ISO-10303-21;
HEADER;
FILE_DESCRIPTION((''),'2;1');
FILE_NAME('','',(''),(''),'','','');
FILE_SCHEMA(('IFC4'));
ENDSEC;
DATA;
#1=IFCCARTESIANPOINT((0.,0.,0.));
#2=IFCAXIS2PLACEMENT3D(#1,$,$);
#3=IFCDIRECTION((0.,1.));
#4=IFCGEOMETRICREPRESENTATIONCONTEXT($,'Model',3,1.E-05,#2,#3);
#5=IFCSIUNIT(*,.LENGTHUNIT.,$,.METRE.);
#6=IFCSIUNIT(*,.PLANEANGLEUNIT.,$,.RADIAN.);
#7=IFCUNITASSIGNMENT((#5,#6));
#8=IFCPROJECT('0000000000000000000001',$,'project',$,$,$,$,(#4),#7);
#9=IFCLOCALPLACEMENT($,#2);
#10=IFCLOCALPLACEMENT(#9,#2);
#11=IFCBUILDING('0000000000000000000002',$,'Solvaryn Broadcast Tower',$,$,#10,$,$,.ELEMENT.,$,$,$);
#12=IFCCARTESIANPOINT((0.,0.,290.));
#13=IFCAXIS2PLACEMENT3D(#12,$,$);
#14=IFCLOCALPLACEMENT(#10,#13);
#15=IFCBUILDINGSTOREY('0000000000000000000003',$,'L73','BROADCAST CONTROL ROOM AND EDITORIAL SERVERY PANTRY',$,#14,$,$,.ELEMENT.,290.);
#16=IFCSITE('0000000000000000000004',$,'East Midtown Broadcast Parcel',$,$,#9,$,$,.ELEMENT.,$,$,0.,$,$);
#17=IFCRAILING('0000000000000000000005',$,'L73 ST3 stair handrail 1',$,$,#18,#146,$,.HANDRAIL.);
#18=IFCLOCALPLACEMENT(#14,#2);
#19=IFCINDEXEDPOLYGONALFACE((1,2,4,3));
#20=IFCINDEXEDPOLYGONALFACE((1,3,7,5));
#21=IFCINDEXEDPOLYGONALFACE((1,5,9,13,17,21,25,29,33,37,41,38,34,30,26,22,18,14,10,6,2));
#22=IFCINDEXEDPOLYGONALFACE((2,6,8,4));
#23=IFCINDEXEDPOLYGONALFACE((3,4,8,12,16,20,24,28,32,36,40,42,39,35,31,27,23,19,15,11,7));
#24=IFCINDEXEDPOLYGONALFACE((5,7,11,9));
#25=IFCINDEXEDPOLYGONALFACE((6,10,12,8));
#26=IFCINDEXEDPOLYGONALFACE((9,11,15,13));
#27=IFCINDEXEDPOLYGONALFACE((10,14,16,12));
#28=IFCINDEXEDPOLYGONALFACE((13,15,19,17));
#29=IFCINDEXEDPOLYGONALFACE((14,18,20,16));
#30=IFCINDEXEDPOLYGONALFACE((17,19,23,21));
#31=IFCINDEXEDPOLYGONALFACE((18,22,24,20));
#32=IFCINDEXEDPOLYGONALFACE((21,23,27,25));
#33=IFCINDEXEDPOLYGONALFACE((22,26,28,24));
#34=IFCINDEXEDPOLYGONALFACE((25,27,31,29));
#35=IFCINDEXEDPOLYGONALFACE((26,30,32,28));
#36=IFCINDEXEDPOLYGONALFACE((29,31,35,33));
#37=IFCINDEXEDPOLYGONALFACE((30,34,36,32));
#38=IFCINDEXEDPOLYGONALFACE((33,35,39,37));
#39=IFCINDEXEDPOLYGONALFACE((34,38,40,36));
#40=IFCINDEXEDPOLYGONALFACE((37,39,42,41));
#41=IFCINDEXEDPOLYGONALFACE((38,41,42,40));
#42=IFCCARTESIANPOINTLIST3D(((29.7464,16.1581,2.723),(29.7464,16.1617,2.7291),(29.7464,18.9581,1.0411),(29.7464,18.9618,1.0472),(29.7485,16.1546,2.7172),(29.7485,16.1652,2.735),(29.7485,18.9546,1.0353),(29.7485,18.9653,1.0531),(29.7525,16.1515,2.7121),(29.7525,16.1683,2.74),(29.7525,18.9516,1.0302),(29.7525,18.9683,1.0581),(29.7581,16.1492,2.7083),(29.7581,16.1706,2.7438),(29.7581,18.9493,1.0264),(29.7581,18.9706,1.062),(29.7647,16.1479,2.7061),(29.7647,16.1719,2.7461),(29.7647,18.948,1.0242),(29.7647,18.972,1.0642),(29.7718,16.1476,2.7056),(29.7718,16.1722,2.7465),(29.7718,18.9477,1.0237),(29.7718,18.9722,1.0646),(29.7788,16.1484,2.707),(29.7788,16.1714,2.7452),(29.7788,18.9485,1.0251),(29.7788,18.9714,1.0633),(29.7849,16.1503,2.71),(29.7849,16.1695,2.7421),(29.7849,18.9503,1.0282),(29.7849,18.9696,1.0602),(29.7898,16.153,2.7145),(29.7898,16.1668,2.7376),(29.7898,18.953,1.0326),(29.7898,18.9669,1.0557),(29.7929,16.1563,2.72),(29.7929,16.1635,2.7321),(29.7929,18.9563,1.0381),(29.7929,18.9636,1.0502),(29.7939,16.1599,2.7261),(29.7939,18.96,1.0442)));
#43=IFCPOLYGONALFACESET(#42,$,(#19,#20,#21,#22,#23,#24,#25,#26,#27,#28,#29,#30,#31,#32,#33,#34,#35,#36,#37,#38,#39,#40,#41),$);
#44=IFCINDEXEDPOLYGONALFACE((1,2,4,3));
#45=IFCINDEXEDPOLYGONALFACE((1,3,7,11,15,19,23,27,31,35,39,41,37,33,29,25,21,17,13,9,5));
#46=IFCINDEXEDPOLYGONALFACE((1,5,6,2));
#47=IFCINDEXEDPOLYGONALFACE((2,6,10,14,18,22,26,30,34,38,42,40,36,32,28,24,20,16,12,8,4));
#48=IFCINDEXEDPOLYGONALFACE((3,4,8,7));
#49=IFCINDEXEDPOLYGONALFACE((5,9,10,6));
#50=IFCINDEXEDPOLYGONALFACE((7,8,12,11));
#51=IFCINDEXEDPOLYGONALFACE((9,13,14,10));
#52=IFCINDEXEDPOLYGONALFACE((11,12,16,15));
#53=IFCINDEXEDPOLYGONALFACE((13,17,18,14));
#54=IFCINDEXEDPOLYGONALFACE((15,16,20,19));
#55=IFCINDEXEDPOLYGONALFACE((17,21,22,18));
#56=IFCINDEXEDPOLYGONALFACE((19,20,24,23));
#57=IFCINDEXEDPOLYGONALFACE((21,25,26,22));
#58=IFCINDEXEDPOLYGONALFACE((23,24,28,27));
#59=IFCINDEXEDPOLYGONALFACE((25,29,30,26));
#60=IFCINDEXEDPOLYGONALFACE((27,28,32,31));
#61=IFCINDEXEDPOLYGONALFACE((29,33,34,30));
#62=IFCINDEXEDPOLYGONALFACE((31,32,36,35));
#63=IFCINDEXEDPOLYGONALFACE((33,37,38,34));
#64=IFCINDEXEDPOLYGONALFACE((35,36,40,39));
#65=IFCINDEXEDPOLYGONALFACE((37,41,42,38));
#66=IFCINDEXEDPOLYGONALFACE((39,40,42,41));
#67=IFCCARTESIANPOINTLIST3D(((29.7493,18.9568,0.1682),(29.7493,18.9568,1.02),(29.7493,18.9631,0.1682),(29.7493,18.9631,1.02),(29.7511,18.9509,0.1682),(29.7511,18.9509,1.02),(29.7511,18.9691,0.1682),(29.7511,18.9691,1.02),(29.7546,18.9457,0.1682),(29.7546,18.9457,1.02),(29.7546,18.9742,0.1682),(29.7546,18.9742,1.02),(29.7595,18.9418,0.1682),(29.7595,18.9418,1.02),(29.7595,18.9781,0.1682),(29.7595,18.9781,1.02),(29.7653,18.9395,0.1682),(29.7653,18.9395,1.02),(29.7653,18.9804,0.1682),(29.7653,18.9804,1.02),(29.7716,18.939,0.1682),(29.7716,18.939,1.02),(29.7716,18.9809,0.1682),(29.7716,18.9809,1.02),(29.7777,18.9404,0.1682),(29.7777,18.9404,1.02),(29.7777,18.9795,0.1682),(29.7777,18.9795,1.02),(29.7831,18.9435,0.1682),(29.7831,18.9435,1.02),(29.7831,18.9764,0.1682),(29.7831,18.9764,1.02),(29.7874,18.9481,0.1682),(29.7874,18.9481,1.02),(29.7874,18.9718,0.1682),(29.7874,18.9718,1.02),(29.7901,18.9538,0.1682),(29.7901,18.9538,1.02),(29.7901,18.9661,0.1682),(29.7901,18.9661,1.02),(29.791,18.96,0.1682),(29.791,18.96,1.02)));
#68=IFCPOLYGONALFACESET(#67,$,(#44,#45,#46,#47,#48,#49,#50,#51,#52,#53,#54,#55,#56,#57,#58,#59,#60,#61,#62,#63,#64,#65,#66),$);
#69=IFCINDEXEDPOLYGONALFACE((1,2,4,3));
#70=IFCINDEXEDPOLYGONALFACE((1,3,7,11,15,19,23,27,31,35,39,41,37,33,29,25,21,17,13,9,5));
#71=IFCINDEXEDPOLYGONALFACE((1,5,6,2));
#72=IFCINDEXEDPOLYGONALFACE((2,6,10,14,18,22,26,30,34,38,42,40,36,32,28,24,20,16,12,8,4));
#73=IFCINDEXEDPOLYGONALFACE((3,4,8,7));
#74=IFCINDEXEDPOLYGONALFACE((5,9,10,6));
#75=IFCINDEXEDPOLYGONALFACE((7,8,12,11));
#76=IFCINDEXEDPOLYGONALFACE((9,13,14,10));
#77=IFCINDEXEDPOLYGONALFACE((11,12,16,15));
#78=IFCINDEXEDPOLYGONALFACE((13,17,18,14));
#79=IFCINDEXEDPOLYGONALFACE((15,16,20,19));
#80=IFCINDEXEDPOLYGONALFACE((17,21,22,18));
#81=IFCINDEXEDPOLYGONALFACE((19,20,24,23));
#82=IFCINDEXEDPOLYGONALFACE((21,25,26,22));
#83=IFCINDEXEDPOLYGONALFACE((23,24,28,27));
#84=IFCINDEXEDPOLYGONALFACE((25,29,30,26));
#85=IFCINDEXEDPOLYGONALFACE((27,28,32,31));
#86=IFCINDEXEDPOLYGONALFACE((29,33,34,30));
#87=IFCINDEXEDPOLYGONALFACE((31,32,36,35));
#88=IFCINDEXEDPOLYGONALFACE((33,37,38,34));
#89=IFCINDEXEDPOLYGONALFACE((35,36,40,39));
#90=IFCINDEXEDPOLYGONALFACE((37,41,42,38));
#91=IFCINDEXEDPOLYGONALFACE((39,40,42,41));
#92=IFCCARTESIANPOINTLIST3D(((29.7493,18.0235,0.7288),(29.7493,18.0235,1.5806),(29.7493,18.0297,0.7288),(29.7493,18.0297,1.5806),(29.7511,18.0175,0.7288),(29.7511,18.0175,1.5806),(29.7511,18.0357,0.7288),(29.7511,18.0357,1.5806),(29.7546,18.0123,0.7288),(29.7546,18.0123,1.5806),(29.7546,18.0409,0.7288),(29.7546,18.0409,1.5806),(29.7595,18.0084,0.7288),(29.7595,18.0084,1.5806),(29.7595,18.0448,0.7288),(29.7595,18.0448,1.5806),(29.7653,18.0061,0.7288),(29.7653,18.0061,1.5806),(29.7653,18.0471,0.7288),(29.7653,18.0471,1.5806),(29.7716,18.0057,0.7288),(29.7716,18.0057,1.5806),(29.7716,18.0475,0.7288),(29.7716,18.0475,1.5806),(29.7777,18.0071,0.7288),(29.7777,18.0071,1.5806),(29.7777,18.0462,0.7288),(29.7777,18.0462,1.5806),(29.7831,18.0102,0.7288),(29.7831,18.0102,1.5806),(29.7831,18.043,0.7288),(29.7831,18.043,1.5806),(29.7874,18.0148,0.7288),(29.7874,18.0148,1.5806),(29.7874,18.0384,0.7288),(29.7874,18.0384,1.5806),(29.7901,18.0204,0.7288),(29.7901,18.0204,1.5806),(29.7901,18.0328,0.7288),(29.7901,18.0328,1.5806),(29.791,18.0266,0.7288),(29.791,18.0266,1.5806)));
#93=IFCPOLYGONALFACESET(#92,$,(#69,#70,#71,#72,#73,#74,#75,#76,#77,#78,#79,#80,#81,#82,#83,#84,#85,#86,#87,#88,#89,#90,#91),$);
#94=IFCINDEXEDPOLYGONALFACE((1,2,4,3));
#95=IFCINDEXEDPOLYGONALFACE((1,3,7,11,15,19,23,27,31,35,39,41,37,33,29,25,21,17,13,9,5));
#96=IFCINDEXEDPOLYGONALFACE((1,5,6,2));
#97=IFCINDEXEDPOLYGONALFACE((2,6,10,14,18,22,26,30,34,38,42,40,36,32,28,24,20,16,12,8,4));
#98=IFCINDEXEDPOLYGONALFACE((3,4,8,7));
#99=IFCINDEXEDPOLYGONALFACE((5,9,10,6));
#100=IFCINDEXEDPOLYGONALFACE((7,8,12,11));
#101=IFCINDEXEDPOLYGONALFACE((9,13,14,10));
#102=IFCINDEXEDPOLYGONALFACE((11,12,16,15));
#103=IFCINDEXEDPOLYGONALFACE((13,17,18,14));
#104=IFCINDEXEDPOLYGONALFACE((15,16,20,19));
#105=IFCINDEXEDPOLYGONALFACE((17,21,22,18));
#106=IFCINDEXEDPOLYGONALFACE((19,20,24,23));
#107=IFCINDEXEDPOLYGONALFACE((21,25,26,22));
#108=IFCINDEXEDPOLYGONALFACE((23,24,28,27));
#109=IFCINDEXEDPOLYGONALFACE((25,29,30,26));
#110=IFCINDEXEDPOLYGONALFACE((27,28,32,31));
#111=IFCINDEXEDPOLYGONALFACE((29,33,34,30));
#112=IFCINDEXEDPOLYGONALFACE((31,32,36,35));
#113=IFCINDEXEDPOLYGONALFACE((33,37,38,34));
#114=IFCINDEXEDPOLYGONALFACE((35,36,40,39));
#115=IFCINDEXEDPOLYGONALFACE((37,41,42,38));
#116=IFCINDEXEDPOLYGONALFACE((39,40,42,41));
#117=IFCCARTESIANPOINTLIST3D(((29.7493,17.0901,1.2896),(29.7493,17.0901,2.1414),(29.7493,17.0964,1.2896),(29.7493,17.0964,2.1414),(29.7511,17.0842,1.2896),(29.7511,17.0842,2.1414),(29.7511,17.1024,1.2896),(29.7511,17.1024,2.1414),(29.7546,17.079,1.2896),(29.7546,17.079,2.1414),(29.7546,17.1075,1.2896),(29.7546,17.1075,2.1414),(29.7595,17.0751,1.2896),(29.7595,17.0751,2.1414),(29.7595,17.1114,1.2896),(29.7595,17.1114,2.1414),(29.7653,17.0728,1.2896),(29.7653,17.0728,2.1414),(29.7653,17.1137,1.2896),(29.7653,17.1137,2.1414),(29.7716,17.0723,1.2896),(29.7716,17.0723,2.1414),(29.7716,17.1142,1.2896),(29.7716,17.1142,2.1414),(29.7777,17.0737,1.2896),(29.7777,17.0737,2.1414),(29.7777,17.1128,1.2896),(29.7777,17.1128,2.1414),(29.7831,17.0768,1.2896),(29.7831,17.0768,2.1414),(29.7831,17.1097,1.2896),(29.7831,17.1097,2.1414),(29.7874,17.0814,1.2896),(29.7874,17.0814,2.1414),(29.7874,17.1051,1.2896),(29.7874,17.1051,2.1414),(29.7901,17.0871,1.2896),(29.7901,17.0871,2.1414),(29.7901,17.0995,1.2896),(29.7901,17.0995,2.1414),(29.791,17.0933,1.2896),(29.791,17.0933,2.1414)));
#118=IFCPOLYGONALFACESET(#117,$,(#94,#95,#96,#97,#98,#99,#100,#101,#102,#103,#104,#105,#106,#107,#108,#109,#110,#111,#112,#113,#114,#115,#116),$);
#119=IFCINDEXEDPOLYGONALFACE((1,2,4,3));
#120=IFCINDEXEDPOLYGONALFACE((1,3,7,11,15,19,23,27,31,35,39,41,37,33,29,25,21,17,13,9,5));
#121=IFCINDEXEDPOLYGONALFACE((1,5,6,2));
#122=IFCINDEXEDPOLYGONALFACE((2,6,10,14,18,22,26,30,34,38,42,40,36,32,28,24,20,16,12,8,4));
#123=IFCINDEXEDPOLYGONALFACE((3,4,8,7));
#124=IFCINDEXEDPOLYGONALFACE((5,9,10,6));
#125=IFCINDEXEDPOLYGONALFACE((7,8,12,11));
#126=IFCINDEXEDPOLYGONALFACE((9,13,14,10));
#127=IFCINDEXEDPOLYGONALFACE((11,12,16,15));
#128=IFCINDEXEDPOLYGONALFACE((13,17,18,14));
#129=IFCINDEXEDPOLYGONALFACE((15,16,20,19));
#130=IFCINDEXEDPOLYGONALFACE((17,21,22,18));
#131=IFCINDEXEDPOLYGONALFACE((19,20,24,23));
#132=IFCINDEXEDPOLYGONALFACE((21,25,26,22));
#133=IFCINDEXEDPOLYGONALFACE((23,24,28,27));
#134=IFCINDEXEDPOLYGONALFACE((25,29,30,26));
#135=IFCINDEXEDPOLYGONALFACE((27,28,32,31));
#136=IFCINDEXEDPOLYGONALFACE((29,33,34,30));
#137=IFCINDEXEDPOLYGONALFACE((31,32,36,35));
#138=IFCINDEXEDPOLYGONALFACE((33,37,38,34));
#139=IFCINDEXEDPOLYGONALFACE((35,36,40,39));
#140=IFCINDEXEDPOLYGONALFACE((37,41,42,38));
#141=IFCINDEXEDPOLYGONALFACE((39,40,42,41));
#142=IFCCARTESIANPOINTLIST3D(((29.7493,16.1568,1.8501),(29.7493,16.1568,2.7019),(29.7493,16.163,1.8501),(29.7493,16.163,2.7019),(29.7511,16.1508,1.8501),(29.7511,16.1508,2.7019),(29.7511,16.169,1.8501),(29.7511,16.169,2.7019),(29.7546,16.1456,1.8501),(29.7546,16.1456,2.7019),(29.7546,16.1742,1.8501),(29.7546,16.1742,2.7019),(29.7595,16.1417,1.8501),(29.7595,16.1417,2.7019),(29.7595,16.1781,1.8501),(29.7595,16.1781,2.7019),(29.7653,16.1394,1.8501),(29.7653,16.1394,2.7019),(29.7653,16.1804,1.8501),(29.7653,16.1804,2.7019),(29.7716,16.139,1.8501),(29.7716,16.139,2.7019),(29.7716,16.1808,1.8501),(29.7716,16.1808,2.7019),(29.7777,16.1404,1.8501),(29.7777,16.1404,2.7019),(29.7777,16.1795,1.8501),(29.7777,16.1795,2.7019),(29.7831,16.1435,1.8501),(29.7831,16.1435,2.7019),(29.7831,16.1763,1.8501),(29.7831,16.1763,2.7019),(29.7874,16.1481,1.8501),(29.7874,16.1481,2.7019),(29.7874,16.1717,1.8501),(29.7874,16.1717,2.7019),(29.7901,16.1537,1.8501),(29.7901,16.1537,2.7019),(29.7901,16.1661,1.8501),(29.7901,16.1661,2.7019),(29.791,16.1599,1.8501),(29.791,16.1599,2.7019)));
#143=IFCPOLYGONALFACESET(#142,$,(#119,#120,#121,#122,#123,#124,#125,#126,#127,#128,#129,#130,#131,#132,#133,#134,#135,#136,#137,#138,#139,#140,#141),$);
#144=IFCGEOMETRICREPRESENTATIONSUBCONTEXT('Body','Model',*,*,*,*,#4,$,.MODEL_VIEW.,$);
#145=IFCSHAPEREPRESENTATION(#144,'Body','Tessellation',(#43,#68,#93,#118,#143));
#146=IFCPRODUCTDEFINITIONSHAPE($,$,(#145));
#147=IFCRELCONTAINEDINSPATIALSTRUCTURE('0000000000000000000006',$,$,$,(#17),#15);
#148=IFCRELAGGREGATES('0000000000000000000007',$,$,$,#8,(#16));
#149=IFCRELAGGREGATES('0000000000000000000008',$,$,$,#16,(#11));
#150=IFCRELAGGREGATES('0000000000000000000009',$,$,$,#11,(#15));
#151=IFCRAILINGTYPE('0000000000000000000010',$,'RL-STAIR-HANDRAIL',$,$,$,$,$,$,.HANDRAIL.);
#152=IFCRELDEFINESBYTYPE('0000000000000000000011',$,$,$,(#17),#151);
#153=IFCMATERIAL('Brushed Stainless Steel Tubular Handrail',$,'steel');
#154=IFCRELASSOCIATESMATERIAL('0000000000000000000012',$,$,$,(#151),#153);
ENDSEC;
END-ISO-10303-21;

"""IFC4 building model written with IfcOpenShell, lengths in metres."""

from ifc_helpers import new_model, si_unit, direction, frame, origin, origin_2d, place, context, subcontext, project, spatial, circle, extrude, material, type_object, element, save


model = new_model("IFC4")

# Units and contexts
model_context = context("Model", 3, precision=1e-05, world=origin(), true_north=direction((0.0, 1.0)))
body_context = subcontext(model_context, "Body", "Model", "MODEL_VIEW")
ifc_project = project(units=[si_unit("LENGTHUNIT", "METRE"), si_unit("PLANEANGLEUNIT", "RADIAN")], contexts=[model_context])

# Site, building, storey
site_placement = place(None, origin())
site = spatial("IfcSite", under=ifc_project, at=site_placement, Name="East Midtown Broadcast Parcel", CompositionType="ELEMENT", RefElevation=0.0)
building_placement = place(site_placement, origin())
building = spatial("IfcBuilding", under=site, at=building_placement, Name="Solvaryn Broadcast Tower", CompositionType="ELEMENT")
storey_placement = place(building_placement, frame((0.0, 0.0, 290.0)))
storey = spatial("IfcBuildingStorey", under=building, at=storey_placement, Name="L73", Description="BROADCAST CONTROL ROOM AND EDITORIAL SERVERY PANTRY", CompositionType="ELEMENT", Elevation=290.0)

# Railing
ifc_material_1 = material(Name="Brushed Stainless Steel Tubular Handrail", Category="steel")
railing_type_1 = type_object("IfcRailingType", Name="RL-STAIR-HANDRAIL", PredefinedType="HANDRAIL", material=ifc_material_1)
railing_1_placement = place(storey_placement, frame((29.77, 18.96, 0.1682)))
element("IfcRailing", 1, at=railing_1_placement, inside=storey, type_object=railing_type_1, Name="L73 ST3 stair handrail 1", PredefinedType="HANDRAIL", context=body_context, shape_type="SweptSolid", body=[
    extrude(circle(Radius=0.0239, at=origin_2d()), frame((0.0, 0.0, 0.876), z_axis=(0.0, -0.857242, 0.514913), x_axis=(1.0, 0.0, 0.0)), (0.0, 0.0, 1.0), 3.2664),
    extrude(circle(Radius=0.021, at=origin_2d()), origin(), (0.0, 0.0, 1.0), 0.8518),
    extrude(circle(Radius=0.021, at=origin_2d()), frame((0.0, -0.9333, 0.5605)), (0.0, 0.0, 1.0), 0.8518),
    extrude(circle(Radius=0.021, at=origin_2d()), frame((0.0, -1.8667, 1.1213)), (0.0, 0.0, 1.0), 0.8518),
    extrude(circle(Radius=0.021, at=origin_2d()), frame((0.0, -2.8, 1.6819)), (0.0, 0.0, 1.0), 0.8518),
])

save(model, "model.ifc")
